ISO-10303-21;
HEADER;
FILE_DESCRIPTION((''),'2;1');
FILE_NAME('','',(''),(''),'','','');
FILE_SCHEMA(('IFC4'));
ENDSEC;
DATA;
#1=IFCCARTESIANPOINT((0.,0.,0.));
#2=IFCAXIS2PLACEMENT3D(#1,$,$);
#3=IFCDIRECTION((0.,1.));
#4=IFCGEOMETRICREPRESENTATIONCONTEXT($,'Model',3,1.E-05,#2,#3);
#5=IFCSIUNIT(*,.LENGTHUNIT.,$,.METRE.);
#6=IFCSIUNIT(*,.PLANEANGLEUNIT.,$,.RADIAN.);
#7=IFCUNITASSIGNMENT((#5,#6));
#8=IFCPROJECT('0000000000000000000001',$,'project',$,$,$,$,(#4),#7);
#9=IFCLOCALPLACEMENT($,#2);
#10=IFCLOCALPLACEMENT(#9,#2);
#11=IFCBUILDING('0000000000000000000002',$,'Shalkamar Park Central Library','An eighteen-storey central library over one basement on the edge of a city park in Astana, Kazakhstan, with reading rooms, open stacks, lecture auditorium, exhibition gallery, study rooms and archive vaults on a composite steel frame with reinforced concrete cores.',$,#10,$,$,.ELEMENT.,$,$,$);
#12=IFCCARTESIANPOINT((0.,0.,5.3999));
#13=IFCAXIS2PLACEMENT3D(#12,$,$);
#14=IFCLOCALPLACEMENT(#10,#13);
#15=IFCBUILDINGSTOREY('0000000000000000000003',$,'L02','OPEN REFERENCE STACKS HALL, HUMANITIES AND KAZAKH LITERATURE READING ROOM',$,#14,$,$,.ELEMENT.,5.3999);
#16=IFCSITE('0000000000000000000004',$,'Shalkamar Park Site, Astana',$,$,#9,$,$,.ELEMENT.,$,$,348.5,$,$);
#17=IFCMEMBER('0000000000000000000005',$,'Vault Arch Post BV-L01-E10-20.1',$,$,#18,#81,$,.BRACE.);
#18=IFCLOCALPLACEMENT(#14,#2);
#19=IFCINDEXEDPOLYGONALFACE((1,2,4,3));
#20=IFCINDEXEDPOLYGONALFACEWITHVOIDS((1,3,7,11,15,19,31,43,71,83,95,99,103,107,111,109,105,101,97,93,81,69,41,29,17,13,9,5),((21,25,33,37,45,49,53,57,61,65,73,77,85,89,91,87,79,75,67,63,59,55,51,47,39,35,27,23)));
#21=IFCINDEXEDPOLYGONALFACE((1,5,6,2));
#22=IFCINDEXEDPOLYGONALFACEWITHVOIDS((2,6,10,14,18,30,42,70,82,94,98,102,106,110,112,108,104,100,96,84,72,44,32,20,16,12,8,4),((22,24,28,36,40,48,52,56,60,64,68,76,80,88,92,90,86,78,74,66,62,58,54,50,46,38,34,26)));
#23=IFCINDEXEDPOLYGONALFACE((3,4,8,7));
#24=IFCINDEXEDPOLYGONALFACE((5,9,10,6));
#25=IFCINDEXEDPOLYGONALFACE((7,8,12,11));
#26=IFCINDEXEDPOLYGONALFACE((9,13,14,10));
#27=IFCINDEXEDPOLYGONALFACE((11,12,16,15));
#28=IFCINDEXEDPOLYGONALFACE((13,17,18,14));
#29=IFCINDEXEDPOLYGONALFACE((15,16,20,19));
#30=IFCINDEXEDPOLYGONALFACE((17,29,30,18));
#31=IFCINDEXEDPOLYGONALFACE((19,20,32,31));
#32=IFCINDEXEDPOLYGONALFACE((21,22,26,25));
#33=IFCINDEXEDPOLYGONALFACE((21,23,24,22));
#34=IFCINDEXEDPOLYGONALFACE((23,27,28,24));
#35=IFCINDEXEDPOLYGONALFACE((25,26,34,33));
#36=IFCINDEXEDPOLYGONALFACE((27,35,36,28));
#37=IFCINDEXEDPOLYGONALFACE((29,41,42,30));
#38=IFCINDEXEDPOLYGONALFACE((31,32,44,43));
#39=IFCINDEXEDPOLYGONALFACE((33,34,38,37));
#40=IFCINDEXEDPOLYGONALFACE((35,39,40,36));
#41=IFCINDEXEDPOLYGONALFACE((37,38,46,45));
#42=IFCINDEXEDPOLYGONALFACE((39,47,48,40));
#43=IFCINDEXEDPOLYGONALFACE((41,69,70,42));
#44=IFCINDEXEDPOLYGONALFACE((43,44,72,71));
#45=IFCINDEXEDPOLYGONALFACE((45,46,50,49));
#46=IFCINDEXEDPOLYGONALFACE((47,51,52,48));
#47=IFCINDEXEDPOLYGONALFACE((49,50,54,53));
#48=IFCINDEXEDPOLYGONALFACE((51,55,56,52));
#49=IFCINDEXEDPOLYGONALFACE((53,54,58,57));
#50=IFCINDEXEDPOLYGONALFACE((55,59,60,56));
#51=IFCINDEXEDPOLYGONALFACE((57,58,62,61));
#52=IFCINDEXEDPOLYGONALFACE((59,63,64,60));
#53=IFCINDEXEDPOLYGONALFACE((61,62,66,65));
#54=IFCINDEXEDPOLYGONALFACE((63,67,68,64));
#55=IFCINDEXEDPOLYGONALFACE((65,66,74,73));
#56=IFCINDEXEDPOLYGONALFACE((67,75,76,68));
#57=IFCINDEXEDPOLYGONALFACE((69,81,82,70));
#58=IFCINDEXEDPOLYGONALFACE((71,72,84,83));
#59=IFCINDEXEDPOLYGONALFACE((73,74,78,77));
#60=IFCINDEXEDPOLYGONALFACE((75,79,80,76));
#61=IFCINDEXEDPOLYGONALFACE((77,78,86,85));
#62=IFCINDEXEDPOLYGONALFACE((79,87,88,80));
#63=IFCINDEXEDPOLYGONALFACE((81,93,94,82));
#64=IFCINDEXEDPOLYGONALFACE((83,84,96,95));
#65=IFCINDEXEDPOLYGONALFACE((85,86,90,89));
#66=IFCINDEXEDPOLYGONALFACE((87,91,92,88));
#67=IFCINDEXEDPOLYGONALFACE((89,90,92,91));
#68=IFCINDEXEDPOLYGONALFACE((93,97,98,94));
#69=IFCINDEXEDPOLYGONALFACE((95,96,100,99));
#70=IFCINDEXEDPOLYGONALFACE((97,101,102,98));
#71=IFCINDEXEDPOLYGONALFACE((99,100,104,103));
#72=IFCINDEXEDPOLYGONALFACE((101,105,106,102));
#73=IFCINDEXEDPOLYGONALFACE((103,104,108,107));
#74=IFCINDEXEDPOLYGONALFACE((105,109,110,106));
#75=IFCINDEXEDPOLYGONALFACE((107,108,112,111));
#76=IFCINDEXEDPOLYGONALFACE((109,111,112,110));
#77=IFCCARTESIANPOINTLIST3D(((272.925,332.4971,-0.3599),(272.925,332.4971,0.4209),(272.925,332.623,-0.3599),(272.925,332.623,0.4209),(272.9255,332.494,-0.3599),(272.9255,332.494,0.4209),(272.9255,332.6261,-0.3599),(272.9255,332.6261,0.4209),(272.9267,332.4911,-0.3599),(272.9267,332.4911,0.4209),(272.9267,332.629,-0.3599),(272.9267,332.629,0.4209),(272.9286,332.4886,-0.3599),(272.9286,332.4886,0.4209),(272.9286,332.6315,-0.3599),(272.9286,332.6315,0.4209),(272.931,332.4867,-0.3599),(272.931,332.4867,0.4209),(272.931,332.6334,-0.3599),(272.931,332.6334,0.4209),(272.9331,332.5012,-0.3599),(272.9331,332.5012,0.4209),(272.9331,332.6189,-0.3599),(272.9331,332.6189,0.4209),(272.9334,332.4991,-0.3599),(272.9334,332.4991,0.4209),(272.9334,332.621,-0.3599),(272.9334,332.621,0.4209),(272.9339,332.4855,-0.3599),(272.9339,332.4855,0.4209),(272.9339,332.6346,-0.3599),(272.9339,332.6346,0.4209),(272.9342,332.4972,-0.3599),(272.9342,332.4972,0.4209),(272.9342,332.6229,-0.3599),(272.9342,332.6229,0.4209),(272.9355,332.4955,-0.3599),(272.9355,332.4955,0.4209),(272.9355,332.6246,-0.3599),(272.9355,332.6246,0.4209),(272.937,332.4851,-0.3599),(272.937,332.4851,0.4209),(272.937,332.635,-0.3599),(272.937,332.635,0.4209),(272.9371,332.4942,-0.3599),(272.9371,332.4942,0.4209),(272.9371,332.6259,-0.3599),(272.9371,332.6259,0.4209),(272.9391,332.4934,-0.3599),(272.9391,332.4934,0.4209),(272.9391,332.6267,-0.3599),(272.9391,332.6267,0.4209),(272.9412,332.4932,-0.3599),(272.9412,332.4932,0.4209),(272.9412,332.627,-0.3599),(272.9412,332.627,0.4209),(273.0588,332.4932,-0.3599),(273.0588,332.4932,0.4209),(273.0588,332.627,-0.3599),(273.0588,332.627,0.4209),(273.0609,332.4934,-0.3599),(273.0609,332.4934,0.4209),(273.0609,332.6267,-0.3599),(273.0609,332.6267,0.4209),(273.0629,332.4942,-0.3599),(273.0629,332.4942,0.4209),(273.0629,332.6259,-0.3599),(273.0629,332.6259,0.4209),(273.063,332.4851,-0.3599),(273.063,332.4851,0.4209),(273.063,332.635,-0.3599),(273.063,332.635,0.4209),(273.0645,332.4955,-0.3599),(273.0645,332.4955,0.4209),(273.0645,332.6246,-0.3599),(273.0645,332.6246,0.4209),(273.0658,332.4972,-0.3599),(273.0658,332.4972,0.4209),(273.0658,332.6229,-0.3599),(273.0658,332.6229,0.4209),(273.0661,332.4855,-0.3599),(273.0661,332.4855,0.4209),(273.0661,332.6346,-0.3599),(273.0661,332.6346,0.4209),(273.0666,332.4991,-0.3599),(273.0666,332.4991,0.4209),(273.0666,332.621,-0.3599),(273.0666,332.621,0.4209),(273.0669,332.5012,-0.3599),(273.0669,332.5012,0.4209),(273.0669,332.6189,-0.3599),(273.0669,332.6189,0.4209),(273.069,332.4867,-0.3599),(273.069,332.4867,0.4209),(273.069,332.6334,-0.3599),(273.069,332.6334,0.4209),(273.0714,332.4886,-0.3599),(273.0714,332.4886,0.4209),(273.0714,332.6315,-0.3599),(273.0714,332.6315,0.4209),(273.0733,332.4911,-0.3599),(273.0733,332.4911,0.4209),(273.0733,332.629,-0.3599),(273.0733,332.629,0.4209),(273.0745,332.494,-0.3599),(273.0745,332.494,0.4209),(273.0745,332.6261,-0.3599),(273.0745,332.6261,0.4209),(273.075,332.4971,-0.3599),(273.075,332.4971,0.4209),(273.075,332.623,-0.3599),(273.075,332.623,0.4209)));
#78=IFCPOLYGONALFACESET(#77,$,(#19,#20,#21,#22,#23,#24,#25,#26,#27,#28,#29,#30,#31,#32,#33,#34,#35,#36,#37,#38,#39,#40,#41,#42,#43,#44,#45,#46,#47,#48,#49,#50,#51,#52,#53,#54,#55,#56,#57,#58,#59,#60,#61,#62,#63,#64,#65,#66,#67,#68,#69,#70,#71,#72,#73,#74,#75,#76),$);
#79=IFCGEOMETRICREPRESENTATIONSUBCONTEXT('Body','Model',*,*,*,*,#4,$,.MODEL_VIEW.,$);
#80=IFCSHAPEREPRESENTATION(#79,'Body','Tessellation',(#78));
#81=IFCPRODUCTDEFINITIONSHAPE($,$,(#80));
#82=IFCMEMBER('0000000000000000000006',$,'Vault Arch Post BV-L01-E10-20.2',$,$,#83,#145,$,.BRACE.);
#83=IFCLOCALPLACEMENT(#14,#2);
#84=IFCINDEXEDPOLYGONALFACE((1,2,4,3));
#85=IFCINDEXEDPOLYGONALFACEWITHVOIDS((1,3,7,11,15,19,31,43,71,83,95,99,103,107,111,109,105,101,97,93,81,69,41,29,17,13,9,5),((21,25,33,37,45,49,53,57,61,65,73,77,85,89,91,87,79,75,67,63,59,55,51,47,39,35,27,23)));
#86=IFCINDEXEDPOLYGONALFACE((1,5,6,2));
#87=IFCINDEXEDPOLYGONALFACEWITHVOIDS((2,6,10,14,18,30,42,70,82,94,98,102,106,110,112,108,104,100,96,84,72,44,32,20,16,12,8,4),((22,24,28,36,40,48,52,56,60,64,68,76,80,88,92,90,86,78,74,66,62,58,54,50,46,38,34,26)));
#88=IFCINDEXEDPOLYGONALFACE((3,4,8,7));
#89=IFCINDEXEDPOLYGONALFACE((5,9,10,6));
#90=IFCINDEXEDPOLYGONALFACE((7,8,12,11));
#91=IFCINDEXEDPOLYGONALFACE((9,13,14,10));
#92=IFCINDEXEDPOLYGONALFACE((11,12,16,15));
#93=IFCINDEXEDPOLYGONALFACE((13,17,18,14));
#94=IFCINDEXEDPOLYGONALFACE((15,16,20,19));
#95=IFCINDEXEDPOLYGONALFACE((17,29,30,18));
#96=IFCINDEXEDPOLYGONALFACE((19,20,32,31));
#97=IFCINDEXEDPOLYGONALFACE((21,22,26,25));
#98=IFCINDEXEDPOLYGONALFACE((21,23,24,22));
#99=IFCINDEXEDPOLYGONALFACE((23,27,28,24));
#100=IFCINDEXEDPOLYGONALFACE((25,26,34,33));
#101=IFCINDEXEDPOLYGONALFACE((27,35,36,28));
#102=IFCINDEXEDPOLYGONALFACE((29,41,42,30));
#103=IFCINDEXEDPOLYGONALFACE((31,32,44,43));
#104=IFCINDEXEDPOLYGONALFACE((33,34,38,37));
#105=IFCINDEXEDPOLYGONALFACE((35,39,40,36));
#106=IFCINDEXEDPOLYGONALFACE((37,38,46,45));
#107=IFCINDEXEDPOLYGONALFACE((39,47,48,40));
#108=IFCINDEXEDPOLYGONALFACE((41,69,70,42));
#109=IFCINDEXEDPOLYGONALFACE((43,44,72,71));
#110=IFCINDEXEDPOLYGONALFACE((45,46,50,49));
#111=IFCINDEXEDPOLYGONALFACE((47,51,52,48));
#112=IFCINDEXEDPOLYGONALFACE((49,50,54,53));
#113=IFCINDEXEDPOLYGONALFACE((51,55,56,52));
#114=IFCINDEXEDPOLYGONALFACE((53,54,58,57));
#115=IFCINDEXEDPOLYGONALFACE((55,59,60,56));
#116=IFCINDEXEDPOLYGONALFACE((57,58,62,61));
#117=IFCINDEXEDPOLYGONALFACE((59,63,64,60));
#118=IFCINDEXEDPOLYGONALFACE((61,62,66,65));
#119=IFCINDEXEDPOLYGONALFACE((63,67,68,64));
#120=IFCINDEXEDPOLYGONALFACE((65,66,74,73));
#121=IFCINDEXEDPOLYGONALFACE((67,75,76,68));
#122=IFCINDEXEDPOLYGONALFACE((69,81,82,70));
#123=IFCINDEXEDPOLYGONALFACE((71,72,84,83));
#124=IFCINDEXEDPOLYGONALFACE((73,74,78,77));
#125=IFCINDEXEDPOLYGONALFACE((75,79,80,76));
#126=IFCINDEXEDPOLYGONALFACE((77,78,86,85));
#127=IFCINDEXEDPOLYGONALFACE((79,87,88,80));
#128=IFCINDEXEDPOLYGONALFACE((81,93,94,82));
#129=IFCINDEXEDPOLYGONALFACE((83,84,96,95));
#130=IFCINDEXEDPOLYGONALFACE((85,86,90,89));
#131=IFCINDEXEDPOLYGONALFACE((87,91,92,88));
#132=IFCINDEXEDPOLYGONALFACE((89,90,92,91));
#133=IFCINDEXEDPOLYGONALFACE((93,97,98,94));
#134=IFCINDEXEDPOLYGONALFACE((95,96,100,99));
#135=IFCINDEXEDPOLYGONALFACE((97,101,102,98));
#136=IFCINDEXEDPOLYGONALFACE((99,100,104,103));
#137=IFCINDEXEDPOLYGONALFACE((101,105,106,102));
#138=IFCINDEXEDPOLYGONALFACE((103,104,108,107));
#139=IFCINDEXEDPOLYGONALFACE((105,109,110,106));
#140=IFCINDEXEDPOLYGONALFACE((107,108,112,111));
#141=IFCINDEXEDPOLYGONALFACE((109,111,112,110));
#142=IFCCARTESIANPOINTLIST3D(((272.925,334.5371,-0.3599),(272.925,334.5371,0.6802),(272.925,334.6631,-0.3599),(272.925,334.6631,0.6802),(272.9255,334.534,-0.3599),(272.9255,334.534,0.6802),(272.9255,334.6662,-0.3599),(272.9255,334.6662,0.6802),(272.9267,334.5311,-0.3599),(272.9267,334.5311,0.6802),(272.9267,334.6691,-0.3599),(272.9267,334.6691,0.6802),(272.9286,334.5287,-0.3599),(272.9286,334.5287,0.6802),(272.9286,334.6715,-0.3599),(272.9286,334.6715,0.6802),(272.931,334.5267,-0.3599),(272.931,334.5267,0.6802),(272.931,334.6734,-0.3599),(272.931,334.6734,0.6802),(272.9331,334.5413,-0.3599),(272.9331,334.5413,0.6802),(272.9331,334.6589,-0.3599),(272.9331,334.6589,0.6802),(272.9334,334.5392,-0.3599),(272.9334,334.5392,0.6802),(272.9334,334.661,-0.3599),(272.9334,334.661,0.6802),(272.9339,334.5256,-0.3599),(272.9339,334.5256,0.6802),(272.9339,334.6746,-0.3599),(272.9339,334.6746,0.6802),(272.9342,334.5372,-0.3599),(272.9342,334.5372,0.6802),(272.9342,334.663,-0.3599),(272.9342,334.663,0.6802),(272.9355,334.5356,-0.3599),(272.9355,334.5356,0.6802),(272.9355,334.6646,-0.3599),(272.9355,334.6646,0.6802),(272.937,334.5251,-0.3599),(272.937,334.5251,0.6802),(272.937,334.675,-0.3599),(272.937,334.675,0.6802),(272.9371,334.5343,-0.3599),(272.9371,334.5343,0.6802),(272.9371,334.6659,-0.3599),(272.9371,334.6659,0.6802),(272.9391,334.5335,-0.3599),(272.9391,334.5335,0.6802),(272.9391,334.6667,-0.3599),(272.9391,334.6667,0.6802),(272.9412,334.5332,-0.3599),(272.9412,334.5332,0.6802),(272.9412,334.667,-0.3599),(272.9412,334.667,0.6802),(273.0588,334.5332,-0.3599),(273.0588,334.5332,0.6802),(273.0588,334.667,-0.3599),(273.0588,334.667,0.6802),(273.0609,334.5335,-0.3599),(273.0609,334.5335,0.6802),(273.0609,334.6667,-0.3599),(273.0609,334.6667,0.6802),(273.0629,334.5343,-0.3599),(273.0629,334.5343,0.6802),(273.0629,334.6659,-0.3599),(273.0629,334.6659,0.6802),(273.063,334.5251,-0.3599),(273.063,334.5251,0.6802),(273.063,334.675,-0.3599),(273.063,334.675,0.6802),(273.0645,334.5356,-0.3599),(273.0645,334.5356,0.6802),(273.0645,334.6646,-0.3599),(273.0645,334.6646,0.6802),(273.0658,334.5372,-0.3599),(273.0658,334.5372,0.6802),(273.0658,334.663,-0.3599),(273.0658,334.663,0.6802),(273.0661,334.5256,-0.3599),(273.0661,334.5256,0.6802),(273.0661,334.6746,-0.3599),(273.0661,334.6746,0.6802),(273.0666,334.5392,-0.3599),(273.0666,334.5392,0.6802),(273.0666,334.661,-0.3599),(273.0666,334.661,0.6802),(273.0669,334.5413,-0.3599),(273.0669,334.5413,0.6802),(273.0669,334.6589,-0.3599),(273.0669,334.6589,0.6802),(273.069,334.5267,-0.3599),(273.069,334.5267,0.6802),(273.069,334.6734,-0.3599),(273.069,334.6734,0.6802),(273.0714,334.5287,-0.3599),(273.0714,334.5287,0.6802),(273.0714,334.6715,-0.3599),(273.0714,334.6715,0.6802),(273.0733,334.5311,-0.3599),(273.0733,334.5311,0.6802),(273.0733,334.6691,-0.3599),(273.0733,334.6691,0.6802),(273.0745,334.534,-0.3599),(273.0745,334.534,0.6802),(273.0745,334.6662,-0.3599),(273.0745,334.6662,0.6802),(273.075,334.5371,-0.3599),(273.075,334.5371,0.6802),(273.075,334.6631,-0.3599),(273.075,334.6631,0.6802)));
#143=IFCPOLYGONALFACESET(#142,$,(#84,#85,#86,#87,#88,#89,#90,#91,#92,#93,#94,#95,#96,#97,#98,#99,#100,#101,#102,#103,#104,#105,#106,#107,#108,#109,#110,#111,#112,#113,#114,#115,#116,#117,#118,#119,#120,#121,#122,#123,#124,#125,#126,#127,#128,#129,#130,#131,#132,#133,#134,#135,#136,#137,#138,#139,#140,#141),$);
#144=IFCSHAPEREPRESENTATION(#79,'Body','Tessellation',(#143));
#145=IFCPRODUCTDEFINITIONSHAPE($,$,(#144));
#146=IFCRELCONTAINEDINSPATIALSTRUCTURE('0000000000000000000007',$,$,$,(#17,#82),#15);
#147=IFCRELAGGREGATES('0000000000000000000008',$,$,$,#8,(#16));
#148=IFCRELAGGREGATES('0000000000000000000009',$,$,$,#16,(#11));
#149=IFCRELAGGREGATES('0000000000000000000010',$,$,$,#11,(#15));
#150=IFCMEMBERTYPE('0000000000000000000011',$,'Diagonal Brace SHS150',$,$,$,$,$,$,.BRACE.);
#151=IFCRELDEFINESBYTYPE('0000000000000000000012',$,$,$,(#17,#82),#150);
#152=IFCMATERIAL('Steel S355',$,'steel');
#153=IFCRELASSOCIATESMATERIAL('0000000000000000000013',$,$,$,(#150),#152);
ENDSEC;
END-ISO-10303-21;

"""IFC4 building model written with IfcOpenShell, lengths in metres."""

from ifc_helpers import new_model, si_unit, direction, frame, origin, origin_2d, place, context, subcontext, project, spatial, hollow_rectangle, extrude, material, material_profile, profile_set, type_object, element, save


model = new_model("IFC4")

# Units and contexts
model_context = context("Model", 3, precision=1e-05, world=origin(), true_north=direction((0.0, 1.0)))
body_context = subcontext(model_context, "Body", "Model", "MODEL_VIEW")
ifc_project = project(units=[si_unit("LENGTHUNIT", "METRE"), si_unit("PLANEANGLEUNIT", "RADIAN")], contexts=[model_context])

# Site, building, storey
site_placement = place(None, origin())
site = spatial("IfcSite", under=ifc_project, at=site_placement, Name="Shalkamar Park Site, Astana", CompositionType="ELEMENT", RefElevation=348.5)
building_placement = place(site_placement, origin())
building = spatial("IfcBuilding", under=site, at=building_placement, Name="Shalkamar Park Central Library", Description="An eighteen-storey central library over one basement on the edge of a city park in Astana, Kazakhstan, with reading rooms, open stacks, lecture auditorium, exhibition gallery, study rooms and archive vaults on a composite steel frame with reinforced concrete cores.", CompositionType="ELEMENT")
storey_placement = place(building_placement, frame((0.0, 0.0, 5.3999)))
storey = spatial("IfcBuildingStorey", under=building, at=storey_placement, Name="L02", Description="OPEN REFERENCE STACKS HALL, HUMANITIES AND KAZAKH LITERATURE READING ROOM", CompositionType="ELEMENT", Elevation=5.3999)

# Shared definitions
ifc_material_1 = material(Name="Steel S355", Category="steel")

# Members
ifc_material_profile_1 = material_profile(ifc_material_1, hollow_rectangle(XDim=0.1499, YDim=0.1499, WallThickness=0.0081, InnerFilletRadius=0.0081, OuterFilletRadius=0.012, at=origin_2d()), Name="SHS 150x150x8")
ifc_profile_set_1 = profile_set([ifc_material_profile_1], Name="Steel S355")
member_type_1 = type_object("IfcMemberType", Name="Diagonal Brace SHS150", PredefinedType="BRACE", material=ifc_profile_set_1)
for number, where, z_axis, x_axis, name in (
    (1, (273.0, 332.5601, -0.3599), (0.0, 0.0, 1.0), (1.0, 0.0, 0.0), "Vault Arch Post BV-L01-E10-20.1"),
):
    element("IfcMember", number, at=place(storey_placement, frame(where, z_axis=z_axis, x_axis=x_axis)), inside=storey, type_object=member_type_1, Name=name, PredefinedType="BRACE", context=body_context, shape_type="SweptSolid", body=[
        extrude(hollow_rectangle(XDim=0.1499, YDim=0.1499, WallThickness=0.0081, InnerFilletRadius=0.0081, OuterFilletRadius=0.012, at=origin_2d()), origin(), (0.0, 0.0, 1.0), 0.7808),
    ])
member_1_placement = place(storey_placement, frame((273.0, 334.6001, -0.3599), z_axis=(0.0, 0.0, 1.0), x_axis=(1.0, 0.0, 0.0)))
element("IfcMember", 2, at=member_1_placement, inside=storey, type_object=member_type_1, Name="Vault Arch Post BV-L01-E10-20.2", PredefinedType="BRACE", context=body_context, shape_type="SweptSolid", body=[
    extrude(hollow_rectangle(XDim=0.1499, YDim=0.1499, WallThickness=0.0081, InnerFilletRadius=0.0081, OuterFilletRadius=0.012, at=origin_2d()), origin(), (0.0, 0.0, 1.0), 1.04),
])

save(model, "model.ifc")
